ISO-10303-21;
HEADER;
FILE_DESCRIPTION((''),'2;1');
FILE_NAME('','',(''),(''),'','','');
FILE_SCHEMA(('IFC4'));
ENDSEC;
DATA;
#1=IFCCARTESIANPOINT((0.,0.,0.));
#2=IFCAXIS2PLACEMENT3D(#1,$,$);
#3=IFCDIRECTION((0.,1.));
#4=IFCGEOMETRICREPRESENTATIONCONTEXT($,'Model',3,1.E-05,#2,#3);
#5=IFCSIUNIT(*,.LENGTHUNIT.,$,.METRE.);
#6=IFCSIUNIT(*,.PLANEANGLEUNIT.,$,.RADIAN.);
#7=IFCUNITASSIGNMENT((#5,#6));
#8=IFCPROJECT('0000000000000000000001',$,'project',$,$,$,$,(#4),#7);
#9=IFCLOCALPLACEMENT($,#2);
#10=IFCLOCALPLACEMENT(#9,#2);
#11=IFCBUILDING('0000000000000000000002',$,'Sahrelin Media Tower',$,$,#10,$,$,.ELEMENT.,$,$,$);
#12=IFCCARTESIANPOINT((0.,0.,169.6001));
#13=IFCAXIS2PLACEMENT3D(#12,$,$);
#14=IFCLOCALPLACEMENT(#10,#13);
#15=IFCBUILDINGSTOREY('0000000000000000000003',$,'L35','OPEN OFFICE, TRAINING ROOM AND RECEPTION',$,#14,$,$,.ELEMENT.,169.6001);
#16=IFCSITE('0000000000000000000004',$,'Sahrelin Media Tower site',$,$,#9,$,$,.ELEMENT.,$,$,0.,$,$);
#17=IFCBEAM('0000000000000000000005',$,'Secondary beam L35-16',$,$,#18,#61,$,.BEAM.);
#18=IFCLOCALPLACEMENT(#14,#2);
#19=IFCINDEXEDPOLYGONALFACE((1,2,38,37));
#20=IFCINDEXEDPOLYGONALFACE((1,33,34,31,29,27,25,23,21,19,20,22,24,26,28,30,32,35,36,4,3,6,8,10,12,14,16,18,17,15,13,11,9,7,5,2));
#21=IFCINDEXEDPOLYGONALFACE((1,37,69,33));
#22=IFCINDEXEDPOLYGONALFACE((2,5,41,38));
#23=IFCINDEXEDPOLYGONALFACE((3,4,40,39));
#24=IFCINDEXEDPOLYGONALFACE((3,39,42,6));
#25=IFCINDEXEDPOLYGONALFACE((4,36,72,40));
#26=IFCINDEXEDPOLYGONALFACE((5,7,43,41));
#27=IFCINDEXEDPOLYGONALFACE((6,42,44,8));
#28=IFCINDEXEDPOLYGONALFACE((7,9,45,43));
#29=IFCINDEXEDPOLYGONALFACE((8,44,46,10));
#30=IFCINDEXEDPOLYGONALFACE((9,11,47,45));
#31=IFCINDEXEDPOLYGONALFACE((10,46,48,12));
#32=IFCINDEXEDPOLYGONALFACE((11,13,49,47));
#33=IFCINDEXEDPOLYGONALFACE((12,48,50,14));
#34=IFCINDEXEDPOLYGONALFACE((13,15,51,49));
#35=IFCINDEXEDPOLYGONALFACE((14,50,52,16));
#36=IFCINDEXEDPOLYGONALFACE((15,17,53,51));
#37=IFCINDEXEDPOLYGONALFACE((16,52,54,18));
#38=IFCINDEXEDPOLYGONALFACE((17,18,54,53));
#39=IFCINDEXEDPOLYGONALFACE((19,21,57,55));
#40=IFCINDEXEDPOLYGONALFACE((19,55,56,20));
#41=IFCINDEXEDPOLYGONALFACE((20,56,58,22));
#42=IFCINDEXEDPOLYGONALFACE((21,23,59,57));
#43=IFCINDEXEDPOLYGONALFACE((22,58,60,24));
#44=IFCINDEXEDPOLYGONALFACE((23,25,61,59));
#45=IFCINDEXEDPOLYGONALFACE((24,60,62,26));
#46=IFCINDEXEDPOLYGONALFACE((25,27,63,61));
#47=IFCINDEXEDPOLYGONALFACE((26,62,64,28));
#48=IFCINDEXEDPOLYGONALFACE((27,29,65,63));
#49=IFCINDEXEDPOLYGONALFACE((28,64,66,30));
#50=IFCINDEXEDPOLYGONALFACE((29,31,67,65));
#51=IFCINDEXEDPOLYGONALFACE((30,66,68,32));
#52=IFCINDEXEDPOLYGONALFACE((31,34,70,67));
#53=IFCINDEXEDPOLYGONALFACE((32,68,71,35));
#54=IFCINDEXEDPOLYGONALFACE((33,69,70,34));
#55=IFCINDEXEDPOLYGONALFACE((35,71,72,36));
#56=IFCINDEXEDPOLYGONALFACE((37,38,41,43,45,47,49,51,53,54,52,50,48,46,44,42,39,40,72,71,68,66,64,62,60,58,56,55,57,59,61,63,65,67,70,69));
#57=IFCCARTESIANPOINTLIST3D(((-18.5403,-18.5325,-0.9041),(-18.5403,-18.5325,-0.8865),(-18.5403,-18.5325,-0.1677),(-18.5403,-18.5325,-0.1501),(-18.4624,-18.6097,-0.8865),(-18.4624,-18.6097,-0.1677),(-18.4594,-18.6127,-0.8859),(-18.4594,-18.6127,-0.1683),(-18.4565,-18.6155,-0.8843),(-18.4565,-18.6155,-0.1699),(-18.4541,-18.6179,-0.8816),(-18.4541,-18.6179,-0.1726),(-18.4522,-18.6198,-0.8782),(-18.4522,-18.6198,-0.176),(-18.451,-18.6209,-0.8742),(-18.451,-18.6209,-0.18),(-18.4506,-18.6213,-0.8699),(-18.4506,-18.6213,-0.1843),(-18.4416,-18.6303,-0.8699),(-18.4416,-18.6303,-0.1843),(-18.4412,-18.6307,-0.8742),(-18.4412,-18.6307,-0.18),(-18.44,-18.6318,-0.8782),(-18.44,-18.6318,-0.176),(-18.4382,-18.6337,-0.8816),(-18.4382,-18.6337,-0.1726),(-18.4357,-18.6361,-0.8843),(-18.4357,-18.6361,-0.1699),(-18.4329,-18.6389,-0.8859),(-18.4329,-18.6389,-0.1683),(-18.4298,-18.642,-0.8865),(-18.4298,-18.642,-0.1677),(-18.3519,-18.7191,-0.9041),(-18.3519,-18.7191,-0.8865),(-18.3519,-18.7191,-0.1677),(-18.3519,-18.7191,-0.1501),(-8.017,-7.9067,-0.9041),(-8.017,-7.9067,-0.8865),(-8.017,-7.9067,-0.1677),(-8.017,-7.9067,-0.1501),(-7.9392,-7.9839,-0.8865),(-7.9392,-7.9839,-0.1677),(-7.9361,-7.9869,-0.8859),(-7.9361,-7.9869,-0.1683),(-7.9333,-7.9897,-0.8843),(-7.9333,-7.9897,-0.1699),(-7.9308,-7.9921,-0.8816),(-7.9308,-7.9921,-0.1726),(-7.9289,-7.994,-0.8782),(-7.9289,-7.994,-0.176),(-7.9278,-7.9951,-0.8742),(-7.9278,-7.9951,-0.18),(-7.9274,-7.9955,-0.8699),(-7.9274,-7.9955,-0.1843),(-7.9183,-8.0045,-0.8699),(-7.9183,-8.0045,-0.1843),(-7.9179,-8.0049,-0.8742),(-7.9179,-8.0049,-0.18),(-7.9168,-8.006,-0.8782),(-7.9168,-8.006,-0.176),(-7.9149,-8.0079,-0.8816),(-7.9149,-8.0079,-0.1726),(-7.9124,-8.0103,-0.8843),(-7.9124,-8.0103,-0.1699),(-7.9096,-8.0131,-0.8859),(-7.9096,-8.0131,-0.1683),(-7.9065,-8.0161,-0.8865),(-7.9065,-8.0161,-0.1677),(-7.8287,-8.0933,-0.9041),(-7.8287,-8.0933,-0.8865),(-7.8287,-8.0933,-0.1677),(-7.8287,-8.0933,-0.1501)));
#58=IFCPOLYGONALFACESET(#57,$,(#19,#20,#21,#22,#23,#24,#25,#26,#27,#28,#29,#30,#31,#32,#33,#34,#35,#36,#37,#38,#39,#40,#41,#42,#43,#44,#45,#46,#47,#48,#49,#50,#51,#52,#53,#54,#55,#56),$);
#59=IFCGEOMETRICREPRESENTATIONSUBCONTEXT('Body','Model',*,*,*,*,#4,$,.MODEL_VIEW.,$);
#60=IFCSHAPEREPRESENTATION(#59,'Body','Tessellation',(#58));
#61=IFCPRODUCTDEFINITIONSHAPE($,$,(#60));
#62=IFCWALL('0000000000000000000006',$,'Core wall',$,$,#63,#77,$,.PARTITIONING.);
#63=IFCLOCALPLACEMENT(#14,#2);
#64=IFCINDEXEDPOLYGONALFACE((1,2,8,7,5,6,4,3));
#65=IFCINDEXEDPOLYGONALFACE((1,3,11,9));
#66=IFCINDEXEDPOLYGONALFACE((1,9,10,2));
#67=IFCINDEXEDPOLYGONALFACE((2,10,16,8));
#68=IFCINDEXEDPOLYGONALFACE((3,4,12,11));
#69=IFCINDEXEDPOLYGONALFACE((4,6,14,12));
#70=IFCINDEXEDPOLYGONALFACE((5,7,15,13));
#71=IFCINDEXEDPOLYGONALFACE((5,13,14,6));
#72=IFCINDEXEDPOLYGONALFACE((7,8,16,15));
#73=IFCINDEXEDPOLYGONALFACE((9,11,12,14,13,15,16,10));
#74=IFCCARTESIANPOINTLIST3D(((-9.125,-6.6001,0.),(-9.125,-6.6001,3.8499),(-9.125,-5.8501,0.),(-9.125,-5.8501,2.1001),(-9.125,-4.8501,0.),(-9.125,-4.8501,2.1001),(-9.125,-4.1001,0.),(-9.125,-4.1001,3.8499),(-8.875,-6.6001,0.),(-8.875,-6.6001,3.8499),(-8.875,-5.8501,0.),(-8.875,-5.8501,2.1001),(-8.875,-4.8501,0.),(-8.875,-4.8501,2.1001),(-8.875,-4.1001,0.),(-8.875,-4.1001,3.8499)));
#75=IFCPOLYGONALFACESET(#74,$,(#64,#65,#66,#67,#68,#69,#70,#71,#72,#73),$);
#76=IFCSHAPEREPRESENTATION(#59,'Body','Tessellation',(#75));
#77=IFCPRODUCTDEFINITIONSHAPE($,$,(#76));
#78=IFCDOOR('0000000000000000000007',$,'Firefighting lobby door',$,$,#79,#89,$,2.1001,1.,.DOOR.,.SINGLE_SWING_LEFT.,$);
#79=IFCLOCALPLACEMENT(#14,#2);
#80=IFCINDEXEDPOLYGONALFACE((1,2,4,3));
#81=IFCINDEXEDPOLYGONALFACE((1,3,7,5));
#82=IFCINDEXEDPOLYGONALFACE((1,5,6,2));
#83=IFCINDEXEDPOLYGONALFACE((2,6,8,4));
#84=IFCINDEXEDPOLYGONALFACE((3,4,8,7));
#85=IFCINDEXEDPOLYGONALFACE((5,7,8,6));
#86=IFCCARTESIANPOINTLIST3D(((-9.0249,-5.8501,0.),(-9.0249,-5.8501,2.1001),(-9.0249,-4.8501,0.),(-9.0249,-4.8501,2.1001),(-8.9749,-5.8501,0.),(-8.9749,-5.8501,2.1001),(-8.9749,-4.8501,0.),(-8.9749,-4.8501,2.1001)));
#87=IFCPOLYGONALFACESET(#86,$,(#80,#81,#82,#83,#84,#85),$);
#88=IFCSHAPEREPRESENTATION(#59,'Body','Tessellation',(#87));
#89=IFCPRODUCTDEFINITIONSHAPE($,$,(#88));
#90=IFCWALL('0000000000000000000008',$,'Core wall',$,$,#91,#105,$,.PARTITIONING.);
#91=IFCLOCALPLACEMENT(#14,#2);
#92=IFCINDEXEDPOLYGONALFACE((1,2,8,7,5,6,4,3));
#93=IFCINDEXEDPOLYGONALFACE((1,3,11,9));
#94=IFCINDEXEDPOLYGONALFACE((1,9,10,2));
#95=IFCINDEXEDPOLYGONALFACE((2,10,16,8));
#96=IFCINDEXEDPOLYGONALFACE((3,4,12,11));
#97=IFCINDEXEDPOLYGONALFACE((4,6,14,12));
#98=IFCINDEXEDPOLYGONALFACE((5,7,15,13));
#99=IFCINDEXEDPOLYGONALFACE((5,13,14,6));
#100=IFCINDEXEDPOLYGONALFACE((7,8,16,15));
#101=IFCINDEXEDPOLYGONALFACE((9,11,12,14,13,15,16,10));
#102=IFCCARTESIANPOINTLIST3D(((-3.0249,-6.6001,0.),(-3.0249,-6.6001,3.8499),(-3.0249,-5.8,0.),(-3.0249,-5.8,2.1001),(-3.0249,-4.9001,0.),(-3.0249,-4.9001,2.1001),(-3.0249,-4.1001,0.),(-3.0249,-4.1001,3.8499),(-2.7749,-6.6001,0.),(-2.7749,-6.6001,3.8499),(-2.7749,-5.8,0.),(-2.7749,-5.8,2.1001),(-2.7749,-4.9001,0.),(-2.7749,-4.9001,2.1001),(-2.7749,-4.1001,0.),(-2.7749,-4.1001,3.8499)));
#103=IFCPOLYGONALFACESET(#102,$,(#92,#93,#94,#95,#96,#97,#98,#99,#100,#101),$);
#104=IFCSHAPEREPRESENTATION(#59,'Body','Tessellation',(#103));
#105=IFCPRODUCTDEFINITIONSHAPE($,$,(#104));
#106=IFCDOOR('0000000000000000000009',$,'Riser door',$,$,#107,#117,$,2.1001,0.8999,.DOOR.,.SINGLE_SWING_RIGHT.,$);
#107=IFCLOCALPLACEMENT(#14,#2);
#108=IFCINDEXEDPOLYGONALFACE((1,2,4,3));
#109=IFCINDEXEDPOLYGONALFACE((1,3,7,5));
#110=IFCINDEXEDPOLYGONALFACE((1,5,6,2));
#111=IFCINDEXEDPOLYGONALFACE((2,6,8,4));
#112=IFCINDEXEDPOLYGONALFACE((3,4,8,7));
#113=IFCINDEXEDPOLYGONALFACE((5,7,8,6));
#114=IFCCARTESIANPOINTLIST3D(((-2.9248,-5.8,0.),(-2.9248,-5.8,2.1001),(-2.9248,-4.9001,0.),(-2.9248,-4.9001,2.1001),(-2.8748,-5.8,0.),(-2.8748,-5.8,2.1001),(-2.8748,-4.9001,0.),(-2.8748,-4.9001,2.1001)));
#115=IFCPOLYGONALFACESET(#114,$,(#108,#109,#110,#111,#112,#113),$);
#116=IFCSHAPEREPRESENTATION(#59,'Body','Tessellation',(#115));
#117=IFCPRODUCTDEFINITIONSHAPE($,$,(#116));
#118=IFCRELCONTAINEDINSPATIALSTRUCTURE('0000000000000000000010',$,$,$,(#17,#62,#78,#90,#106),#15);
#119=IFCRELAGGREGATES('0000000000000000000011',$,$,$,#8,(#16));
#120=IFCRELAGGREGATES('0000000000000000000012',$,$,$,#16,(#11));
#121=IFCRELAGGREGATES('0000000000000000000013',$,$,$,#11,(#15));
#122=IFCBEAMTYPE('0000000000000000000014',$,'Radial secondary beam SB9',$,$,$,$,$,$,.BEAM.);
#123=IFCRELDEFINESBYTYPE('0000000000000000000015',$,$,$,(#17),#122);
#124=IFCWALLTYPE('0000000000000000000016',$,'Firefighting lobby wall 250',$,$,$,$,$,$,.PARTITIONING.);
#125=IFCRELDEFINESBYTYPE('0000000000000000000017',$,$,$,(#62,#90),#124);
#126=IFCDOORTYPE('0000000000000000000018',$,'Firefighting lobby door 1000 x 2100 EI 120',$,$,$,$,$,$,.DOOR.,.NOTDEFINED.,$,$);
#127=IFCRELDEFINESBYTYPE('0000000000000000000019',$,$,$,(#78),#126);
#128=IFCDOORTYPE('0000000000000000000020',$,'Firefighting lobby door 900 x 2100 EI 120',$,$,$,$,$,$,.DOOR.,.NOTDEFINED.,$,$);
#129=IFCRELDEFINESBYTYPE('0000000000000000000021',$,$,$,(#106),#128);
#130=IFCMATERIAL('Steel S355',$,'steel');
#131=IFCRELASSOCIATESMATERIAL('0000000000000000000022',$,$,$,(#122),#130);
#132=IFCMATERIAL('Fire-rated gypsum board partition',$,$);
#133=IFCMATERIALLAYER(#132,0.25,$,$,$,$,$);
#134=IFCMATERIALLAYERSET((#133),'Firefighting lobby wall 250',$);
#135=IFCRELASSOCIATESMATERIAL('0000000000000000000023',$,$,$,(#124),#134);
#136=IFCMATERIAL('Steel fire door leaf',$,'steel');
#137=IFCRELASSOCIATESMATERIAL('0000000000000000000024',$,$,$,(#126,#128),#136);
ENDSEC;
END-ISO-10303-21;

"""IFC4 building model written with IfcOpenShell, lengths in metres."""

from ifc_helpers import new_model, si_unit, direction, frame, frame_2d, origin, origin_2d, place, context, subcontext, project, spatial, rectangle, i_section, extrude, material, layer, layer_set, material_profile, profile_set, type_object, element, fill, save


model = new_model("IFC4")

# Units and contexts
model_context = context("Model", 3, precision=1e-05, world=origin(), true_north=direction((0.0, 1.0)))
body_context = subcontext(model_context, "Body", "Model", "MODEL_VIEW")
ifc_project = project(units=[si_unit("LENGTHUNIT", "METRE"), si_unit("PLANEANGLEUNIT", "RADIAN")], contexts=[model_context])

# Site, building, storey
site_placement = place(None, origin())
site = spatial("IfcSite", under=ifc_project, at=site_placement, Name="Sahrelin Media Tower site", CompositionType="ELEMENT", RefElevation=0.0)
building_placement = place(site_placement, origin())
building = spatial("IfcBuilding", under=site, at=building_placement, Name="Sahrelin Media Tower", CompositionType="ELEMENT")
storey_placement = place(building_placement, frame((0.0, 0.0, 169.6001)))
storey = spatial("IfcBuildingStorey", under=building, at=storey_placement, Name="L35", Description="OPEN OFFICE, TRAINING ROOM AND RECEPTION", CompositionType="ELEMENT", Elevation=169.6001)

# Beam
ifc_material_1 = material(Name="Steel S355", Category="steel")
ifc_material_profile_1 = material_profile(ifc_material_1, i_section(OverallWidth=0.2651, OverallDepth=0.7539, WebThickness=0.0127, FlangeThickness=0.0176, FilletRadius=0.0166, at=origin_2d()), Name="UB 762x267x147")
ifc_profile_set_1 = profile_set([ifc_material_profile_1], Name="Steel S355")
beam_type_1 = type_object("IfcBeamType", Name="Radial secondary beam SB9", PredefinedType="BEAM", material=ifc_profile_set_1)
beam_1_placement = place(storey_placement, frame((-7.9229, -8.0, -0.5271), z_axis=(-0.70367, -0.710527, 0.0), x_axis=(0.710527, -0.70367, 0.0)))
element("IfcBeam", 1, at=beam_1_placement, inside=storey, type_object=beam_type_1, Name="Secondary beam L35-16", PredefinedType="BEAM", context=body_context, shape_type="SweptSolid", body=[
    extrude(i_section(OverallWidth=0.2651, OverallDepth=0.7539, WebThickness=0.0127, FlangeThickness=0.0176, FilletRadius=0.0166, at=origin_2d()), origin(), (0.0, 0.0, 1.0), 14.9548),
])

# Walls, openings, doors
ifc_material_2 = material(Name="Fire-rated gypsum board partition")
ifc_layer_1 = layer(ifc_material_2, 0.25)
ifc_layer_set_1 = layer_set([ifc_layer_1], Name="Firefighting lobby wall 250")
wall_type_1 = type_object("IfcWallType", Name="Firefighting lobby wall 250", PredefinedType="PARTITIONING", material=ifc_layer_set_1)
wall_1_placement = place(storey_placement, frame((-9.0, -6.6001, 0.0), z_axis=(0.0, 0.0, 1.0), x_axis=(0.0, 1.0, 0.0)))
wall_1 = element("IfcWall", 2, at=wall_1_placement, inside=storey, type_object=wall_type_1, Name="Core wall", PredefinedType="PARTITIONING", context=body_context, shape_type="SweptSolid", body=[
    extrude(rectangle(XDim=2.5, YDim=0.25, at=frame_2d((1.25, 0.0))), origin(), (0.0, 0.0, 1.0), 3.8499),
])
opening_1_placement = place(wall_1_placement, frame((0.75, 0.0, 0.0)))
opening_1 = element("IfcOpeningElement", 3, at=opening_1_placement, cuts=wall_1, PredefinedType="OPENING", context=body_context, shape_type="SweptSolid", body=[
    extrude(rectangle(XDim=1.0, YDim=2.1001, at=frame_2d((0.5, 1.05))), frame((0.0, 0.125, 0.0), z_axis=(0.0, -1.0, 0.0), x_axis=(1.0, 0.0, 0.0)), (0.0, 0.0, 1.0), 0.25),
])
ifc_material_3 = material(Name="Steel fire door leaf", Category="steel")
door_type_1 = type_object("IfcDoorType", Name="Firefighting lobby door 1000 x 2100 EI 120", OperationType="NOTDEFINED", PredefinedType="DOOR", material=ifc_material_3)
door_1_placement = place(opening_1_placement, origin())
door_1 = element("IfcDoor", 4, at=door_1_placement, inside=storey, type_object=door_type_1, Name="Firefighting lobby door", OperationType="SINGLE_SWING_LEFT", OverallHeight=2.1001, OverallWidth=1.0, PredefinedType="DOOR", context=body_context, shape_type="SweptSolid", body=[
    extrude(rectangle(XDim=1.0, YDim=2.1001, at=frame_2d((0.5, 1.05))), frame((0.0, 0.0249, 0.0), z_axis=(0.0, -1.0, 0.0), x_axis=(1.0, 0.0, 0.0)), (0.0, 0.0, 1.0), 0.05),
])
fill(opening_1, door_1)
wall_2_placement = place(storey_placement, frame((-2.8999, -6.6001, 0.0), z_axis=(0.0, 0.0, 1.0), x_axis=(0.0, 1.0, 0.0)))
wall_2 = element("IfcWall", 5, at=wall_2_placement, inside=storey, type_object=wall_type_1, Name="Core wall", PredefinedType="PARTITIONING", context=body_context, shape_type="SweptSolid", body=[
    extrude(rectangle(XDim=2.5, YDim=0.25, at=frame_2d((1.25, 0.0))), origin(), (0.0, 0.0, 1.0), 3.8499),
])
opening_2_placement = place(wall_2_placement, frame((0.8, 0.0, 0.0)))
opening_2 = element("IfcOpeningElement", 6, at=opening_2_placement, cuts=wall_2, PredefinedType="OPENING", context=body_context, shape_type="SweptSolid", body=[
    extrude(rectangle(XDim=0.8999, YDim=2.1001, at=frame_2d((0.45, 1.05))), frame((0.0, 0.125, 0.0), z_axis=(0.0, -1.0, 0.0), x_axis=(1.0, 0.0, 0.0)), (0.0, 0.0, 1.0), 0.25),
])
door_type_2 = type_object("IfcDoorType", Name="Firefighting lobby door 900 x 2100 EI 120", OperationType="NOTDEFINED", PredefinedType="DOOR", material=ifc_material_3)
door_2_placement = place(opening_2_placement, origin())
door_2 = element("IfcDoor", 7, at=door_2_placement, inside=storey, type_object=door_type_2, Name="Riser door", OperationType="SINGLE_SWING_RIGHT", OverallHeight=2.1001, OverallWidth=0.8999, PredefinedType="DOOR", context=body_context, shape_type="SweptSolid", body=[
    extrude(rectangle(XDim=0.8999, YDim=2.1001, at=frame_2d((0.45, 1.05))), frame((0.0, 0.0249, 0.0), z_axis=(0.0, -1.0, 0.0), x_axis=(1.0, 0.0, 0.0)), (0.0, 0.0, 1.0), 0.05),
])
fill(opening_2, door_2)

save(model, "model.ifc")
